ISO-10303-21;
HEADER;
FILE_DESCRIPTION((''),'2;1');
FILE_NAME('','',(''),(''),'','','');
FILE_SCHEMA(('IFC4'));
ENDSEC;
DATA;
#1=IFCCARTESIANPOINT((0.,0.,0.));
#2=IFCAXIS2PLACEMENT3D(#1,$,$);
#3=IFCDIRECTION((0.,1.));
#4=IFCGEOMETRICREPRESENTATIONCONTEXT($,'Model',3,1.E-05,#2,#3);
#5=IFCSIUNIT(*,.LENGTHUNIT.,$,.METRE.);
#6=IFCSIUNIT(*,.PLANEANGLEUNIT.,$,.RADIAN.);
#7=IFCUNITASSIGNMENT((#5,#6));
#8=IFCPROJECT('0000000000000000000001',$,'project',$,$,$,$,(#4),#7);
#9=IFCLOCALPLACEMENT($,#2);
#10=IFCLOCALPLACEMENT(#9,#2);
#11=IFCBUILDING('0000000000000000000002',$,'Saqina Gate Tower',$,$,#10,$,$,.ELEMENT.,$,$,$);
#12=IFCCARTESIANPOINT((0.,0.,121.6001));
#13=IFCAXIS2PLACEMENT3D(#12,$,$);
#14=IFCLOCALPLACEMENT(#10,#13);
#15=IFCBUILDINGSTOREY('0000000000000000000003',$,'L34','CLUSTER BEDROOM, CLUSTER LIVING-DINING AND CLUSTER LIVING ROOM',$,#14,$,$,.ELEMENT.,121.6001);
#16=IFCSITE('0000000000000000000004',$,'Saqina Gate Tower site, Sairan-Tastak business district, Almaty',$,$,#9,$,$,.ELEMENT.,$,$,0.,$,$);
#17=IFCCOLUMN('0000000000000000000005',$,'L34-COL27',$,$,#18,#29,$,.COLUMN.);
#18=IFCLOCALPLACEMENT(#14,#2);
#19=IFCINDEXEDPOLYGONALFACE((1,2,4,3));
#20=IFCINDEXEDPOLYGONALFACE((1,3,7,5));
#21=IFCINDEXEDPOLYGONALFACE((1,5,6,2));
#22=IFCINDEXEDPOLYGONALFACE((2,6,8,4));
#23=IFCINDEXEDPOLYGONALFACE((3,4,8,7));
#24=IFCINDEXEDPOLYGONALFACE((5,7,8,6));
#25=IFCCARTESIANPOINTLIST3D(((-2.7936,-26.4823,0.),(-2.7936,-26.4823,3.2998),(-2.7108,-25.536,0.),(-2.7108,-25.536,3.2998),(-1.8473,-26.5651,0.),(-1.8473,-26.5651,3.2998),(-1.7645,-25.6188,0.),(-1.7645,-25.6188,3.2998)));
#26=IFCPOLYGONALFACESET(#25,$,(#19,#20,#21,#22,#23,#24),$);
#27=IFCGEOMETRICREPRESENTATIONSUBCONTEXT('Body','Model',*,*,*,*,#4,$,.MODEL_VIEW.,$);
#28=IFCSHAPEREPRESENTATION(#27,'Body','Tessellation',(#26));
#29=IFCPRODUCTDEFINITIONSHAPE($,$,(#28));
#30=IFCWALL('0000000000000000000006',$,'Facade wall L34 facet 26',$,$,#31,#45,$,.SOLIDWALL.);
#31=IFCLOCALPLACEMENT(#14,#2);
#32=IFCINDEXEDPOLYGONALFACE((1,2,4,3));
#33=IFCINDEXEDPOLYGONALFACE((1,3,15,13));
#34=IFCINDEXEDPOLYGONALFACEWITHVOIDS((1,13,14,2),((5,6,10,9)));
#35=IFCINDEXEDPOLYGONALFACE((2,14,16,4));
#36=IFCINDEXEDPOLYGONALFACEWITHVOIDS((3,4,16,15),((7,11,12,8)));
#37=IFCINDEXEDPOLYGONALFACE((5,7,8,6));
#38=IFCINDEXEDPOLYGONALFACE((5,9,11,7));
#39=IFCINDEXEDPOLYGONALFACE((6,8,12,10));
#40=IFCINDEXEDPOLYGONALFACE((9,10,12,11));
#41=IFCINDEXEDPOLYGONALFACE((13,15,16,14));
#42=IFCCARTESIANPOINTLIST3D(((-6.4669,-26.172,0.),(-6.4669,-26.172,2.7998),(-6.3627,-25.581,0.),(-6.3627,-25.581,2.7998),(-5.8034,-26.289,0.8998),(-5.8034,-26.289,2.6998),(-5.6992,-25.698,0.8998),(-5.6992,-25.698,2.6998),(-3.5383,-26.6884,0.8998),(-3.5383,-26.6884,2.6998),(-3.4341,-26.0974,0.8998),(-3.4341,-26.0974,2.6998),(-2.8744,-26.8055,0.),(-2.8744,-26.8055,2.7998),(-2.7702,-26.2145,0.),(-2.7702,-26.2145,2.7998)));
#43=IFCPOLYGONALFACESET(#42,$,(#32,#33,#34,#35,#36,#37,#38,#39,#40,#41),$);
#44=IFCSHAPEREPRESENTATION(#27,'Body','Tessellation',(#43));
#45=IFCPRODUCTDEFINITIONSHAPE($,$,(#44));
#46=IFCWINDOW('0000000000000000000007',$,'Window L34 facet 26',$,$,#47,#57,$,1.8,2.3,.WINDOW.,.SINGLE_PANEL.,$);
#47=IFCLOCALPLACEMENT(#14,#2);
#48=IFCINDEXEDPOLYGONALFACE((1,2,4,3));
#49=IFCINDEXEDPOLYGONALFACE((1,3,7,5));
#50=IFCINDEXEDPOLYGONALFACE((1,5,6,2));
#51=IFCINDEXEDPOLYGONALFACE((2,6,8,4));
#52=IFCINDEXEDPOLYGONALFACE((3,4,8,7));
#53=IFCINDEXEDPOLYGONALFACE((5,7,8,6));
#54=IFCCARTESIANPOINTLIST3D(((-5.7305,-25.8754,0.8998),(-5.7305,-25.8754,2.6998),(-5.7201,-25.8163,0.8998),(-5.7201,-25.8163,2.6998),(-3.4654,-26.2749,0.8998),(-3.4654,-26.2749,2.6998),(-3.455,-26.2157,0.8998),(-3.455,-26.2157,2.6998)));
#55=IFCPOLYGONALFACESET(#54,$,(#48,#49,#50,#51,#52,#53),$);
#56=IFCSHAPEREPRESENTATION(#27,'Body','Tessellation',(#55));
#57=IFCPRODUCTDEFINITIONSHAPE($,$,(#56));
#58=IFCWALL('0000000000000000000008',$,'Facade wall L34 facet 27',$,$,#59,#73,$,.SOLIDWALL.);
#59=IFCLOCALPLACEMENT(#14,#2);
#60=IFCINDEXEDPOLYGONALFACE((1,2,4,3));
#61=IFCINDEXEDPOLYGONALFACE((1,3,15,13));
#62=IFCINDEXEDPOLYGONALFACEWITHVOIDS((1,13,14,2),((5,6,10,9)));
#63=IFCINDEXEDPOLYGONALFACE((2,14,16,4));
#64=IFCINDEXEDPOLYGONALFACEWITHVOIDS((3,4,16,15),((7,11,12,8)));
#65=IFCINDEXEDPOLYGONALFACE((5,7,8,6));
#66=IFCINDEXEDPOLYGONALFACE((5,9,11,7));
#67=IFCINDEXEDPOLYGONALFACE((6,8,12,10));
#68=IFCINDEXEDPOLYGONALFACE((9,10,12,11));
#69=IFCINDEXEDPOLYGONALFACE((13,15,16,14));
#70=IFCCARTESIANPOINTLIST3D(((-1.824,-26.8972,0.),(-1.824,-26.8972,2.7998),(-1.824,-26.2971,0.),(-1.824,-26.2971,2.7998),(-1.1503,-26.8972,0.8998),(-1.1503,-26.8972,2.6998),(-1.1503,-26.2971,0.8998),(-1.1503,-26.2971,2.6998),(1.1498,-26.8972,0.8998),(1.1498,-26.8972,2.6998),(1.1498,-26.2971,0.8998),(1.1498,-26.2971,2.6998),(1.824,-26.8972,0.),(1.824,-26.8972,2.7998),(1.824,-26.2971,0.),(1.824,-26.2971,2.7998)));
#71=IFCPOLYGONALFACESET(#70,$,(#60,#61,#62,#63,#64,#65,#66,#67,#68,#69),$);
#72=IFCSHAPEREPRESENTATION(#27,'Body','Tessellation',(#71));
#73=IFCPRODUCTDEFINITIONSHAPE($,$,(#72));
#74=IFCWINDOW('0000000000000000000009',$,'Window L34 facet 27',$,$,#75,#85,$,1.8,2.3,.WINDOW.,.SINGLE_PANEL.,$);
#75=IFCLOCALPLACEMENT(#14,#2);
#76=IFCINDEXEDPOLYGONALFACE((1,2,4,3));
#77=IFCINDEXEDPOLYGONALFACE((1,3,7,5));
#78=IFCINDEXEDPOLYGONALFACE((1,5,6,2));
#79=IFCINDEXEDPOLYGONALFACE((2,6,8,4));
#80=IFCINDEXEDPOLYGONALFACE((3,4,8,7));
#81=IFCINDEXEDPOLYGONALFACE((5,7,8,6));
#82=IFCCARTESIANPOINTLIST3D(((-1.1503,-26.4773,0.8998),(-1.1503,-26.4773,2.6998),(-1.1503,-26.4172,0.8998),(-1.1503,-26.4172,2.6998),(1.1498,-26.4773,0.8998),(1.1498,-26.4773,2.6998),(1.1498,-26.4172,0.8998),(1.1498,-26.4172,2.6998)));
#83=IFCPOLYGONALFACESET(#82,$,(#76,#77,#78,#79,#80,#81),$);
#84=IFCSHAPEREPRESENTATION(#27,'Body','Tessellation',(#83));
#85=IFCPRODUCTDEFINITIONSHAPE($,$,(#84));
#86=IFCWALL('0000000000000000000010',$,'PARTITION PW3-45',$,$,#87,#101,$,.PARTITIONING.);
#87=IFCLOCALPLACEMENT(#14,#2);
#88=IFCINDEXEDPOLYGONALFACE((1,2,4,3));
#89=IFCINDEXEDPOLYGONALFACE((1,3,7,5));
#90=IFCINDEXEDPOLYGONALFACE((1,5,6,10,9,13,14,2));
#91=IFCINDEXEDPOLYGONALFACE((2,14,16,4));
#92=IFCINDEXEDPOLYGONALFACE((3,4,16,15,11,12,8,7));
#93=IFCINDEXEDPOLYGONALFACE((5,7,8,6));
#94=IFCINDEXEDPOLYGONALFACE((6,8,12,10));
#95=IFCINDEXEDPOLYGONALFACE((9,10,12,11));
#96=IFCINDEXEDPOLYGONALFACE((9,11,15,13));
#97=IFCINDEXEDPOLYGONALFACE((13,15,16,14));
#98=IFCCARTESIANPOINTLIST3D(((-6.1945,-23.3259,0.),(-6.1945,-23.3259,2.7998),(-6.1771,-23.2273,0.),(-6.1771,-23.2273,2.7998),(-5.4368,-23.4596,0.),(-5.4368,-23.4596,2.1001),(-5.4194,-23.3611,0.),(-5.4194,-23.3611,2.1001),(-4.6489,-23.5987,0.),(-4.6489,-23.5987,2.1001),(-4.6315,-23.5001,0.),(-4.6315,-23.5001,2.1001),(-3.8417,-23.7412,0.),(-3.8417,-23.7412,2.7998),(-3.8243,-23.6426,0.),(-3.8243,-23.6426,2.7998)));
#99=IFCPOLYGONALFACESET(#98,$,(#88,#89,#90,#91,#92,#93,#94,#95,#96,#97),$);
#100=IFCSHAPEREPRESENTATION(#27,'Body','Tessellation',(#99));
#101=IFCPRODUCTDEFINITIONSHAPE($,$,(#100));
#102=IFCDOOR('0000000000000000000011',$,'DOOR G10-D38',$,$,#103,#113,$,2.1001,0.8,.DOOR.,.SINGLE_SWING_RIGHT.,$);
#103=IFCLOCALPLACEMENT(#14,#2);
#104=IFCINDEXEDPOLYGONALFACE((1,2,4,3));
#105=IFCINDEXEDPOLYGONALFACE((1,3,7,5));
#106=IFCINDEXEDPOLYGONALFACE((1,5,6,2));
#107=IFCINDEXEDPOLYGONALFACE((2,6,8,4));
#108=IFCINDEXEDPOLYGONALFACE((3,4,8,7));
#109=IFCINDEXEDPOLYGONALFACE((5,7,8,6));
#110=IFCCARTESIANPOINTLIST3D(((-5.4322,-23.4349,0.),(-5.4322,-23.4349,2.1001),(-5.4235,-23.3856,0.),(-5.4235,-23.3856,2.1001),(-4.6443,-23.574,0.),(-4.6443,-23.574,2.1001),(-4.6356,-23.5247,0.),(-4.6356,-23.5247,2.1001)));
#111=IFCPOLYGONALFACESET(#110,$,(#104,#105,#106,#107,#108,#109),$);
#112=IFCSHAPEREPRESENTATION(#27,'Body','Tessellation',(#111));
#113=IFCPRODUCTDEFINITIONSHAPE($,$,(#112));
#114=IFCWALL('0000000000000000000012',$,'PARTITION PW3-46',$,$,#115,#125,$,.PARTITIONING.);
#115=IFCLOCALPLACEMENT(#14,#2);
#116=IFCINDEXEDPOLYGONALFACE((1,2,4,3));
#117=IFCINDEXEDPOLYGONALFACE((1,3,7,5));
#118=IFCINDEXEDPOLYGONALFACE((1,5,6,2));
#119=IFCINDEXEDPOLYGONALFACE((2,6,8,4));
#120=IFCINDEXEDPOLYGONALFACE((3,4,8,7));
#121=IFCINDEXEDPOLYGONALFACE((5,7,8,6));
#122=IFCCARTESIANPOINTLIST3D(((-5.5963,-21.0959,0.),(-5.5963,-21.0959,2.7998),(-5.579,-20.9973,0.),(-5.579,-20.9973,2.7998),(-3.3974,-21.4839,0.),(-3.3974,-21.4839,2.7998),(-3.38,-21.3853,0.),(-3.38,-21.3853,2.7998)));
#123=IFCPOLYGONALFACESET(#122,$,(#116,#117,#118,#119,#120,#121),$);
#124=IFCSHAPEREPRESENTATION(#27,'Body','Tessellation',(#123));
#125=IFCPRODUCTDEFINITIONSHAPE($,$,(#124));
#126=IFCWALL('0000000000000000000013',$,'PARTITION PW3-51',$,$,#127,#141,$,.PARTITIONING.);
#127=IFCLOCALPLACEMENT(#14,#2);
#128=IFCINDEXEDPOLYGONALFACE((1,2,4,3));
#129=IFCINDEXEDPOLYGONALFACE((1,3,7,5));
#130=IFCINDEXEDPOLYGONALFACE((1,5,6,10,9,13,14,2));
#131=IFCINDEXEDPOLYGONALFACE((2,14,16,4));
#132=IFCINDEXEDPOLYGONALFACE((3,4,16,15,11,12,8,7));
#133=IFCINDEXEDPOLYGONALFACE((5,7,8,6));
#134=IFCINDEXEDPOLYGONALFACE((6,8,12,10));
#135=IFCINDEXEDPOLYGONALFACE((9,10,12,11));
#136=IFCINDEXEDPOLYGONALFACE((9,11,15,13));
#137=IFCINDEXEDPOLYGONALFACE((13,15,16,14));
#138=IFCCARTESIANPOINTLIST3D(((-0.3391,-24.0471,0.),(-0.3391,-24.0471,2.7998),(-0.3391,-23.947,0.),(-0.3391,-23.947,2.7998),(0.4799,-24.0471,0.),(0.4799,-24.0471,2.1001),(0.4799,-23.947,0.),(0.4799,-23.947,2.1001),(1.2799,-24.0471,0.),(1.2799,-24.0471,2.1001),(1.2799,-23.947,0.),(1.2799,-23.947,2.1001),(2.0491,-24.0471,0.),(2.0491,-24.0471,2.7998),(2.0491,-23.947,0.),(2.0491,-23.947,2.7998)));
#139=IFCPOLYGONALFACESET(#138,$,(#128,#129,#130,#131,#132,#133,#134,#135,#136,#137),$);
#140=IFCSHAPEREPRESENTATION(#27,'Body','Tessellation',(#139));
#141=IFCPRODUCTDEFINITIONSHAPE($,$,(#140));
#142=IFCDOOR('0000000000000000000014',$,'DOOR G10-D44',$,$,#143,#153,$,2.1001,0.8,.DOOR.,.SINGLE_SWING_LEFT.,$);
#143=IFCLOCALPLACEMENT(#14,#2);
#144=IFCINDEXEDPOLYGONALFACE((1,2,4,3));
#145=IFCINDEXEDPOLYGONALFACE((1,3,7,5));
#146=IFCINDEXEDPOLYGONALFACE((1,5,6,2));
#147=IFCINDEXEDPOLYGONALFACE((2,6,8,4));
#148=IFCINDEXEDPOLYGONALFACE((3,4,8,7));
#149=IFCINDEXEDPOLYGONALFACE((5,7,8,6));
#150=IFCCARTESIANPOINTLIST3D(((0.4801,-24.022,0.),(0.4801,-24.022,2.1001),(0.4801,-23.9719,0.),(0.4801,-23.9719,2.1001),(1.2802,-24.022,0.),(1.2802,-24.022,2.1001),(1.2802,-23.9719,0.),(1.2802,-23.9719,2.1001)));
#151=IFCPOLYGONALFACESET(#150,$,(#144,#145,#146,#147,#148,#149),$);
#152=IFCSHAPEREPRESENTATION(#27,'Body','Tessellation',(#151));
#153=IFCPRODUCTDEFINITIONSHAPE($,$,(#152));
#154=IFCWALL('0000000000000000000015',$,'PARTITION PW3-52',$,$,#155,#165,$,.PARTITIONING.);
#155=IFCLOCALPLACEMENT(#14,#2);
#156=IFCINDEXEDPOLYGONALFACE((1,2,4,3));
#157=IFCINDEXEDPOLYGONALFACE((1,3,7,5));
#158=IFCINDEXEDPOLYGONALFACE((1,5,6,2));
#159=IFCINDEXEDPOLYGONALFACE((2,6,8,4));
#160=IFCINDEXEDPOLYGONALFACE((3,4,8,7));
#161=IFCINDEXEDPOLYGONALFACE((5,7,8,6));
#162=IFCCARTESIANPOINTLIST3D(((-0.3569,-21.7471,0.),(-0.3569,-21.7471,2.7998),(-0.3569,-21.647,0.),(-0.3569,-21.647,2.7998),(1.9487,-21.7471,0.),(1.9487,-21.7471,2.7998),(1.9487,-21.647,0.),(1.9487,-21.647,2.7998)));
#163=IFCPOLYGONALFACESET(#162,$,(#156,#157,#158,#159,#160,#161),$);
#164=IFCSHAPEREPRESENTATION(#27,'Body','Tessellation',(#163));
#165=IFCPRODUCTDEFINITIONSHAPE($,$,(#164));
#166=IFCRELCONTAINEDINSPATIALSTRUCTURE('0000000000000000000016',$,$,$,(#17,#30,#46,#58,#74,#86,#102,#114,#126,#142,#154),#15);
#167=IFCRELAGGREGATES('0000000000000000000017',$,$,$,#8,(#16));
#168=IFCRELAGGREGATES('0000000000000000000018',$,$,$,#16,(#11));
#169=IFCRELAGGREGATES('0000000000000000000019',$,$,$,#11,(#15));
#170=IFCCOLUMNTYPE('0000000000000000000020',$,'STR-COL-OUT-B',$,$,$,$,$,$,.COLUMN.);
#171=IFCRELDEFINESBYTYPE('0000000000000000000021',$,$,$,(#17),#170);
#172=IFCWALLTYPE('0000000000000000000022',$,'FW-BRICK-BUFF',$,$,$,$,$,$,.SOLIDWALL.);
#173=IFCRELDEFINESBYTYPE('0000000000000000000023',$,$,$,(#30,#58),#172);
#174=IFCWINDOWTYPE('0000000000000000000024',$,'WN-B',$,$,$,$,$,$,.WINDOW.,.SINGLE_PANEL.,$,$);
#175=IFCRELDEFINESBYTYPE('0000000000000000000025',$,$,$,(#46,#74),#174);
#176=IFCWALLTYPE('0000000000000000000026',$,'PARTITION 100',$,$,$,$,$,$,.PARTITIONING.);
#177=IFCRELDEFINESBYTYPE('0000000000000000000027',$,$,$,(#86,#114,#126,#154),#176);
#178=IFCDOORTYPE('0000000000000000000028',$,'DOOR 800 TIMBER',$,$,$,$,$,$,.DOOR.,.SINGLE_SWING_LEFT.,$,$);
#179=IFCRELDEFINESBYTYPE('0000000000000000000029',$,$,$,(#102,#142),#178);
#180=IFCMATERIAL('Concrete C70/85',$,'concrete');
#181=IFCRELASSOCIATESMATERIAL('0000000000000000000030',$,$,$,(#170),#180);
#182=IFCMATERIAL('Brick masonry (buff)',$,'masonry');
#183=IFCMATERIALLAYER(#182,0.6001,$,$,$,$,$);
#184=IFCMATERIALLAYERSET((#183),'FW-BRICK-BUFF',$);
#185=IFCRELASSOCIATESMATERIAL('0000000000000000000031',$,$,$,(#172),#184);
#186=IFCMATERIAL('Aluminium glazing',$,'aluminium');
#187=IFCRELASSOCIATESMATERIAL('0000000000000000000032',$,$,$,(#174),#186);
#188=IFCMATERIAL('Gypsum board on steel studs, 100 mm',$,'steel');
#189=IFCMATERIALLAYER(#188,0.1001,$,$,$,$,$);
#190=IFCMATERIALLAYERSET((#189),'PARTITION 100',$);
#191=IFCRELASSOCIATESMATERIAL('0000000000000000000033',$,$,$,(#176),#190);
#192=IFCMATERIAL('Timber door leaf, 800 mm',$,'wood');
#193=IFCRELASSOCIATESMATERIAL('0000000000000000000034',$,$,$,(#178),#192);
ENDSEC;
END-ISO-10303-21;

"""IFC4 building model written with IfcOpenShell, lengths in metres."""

from ifc_helpers import new_model, si_unit, direction, frame, frame_2d, origin, origin_2d, place, context, subcontext, project, spatial, rectangle, extrude, material, layer, layer_set, material_profile, profile_set, type_object, element, fill, save


model = new_model("IFC4")

# Units and contexts
model_context = context("Model", 3, precision=1e-05, world=origin(), true_north=direction((0.0, 1.0)))
body_context = subcontext(model_context, "Body", "Model", "MODEL_VIEW")
ifc_project = project(units=[si_unit("LENGTHUNIT", "METRE"), si_unit("PLANEANGLEUNIT", "RADIAN")], contexts=[model_context])

# Site, building, storey
site_placement = place(None, origin())
site = spatial("IfcSite", under=ifc_project, at=site_placement, Name="Saqina Gate Tower site, Sairan-Tastak business district, Almaty", CompositionType="ELEMENT", RefElevation=0.0)
building_placement = place(site_placement, origin())
building = spatial("IfcBuilding", under=site, at=building_placement, Name="Saqina Gate Tower", CompositionType="ELEMENT")
storey_placement = place(building_placement, frame((0.0, 0.0, 121.6001)))
storey = spatial("IfcBuildingStorey", under=building, at=storey_placement, Name="L34", Description="CLUSTER BEDROOM, CLUSTER LIVING-DINING AND CLUSTER LIVING ROOM", CompositionType="ELEMENT", Elevation=121.6001)

# Column
ifc_material_1 = material(Name="Concrete C70/85", Category="concrete")
ifc_material_profile = material_profile(ifc_material_1, rectangle(XDim=0.95, YDim=0.95, at=origin_2d()), Name="RC 950x950")
ifc_profile_set = profile_set([ifc_material_profile], Name="Concrete C70/85")
column_type = type_object("IfcColumnType", Name="STR-COL-OUT-B", PredefinedType="COLUMN", material=ifc_profile_set)
column_placement = place(storey_placement, frame((-2.2791, -26.0505, 0.0), z_axis=(0.0, 0.0, 1.0), x_axis=(-0.087156, -0.996195, 0.0)))
element("IfcColumn", 1, at=column_placement, inside=storey, type_object=column_type, Name="L34-COL27", PredefinedType="COLUMN", context=body_context, shape_type="SweptSolid", body=[
    extrude(rectangle(XDim=0.95, YDim=0.95, at=origin_2d()), origin(), (0.0, 0.0, 1.0), 3.2998),
])

# Walls, openings, windows
ifc_material_2 = material(Name="Brick masonry (buff)", Category="masonry")
ifc_layer_1 = layer(ifc_material_2, 0.6001)
ifc_layer_set_1 = layer_set([ifc_layer_1], Name="FW-BRICK-BUFF")
wall_type_1 = type_object("IfcWallType", Name="FW-BRICK-BUFF", PredefinedType="SOLIDWALL", material=ifc_layer_set_1)
wall_1_placement = place(storey_placement, frame((-6.4148, -25.8765, 0.0), z_axis=(0.0, 0.0, 1.0), x_axis=(0.984804, -0.173671, 0.0)))
wall_1 = element("IfcWall", 2, at=wall_1_placement, inside=storey, type_object=wall_type_1, Name="Facade wall L34 facet 26", PredefinedType="SOLIDWALL", context=body_context, shape_type="SweptSolid", body=[
    extrude(rectangle(XDim=3.6479, YDim=0.6001, at=frame_2d((1.824, 0.0))), origin(), (0.0, 0.0, 1.0), 2.7998),
])
opening_1_placement = place(wall_1_placement, frame((0.6738, 0.0, 0.8999)))
opening_1 = element("IfcOpeningElement", 3, at=opening_1_placement, cuts=wall_1, PredefinedType="OPENING", context=body_context, shape_type="SweptSolid", body=[
    extrude(rectangle(XDim=2.3, YDim=1.8, at=frame_2d((1.1499, 0.8999))), frame((0.0, 0.312, 0.0), z_axis=(0.0, -1.0, 0.0), x_axis=(1.0, 0.0, 0.0)), (0.0, 0.0, 1.0), 0.624),
])
ifc_material_3 = material(Name="Aluminium glazing", Category="aluminium")
window_type = type_object("IfcWindowType", Name="WN-B", PartitioningType="SINGLE_PANEL", PredefinedType="WINDOW", material=ifc_material_3)
window_1_placement = place(opening_1_placement, origin())
window_1 = element("IfcWindow", 4, at=window_1_placement, inside=storey, type_object=window_type, Name="Window L34 facet 26", OverallHeight=1.8, OverallWidth=2.3, PartitioningType="SINGLE_PANEL", PredefinedType="WINDOW", context=body_context, shape_type="SweptSolid", body=[
    extrude(rectangle(XDim=2.3, YDim=1.8, at=frame_2d((1.1499, 0.8999))), frame((0.0, 0.1799, 0.0), z_axis=(0.0, -1.0, 0.0), x_axis=(1.0, 0.0, 0.0)), (0.0, 0.0, 1.0), 0.0601),
])
fill(opening_1, window_1)
wall_2_placement = place(storey_placement, frame((-1.824, -26.5972, 0.0), z_axis=(0.0, 0.0, 1.0), x_axis=(1.0, 0.0, 0.0)))
wall_2 = element("IfcWall", 5, at=wall_2_placement, inside=storey, type_object=wall_type_1, Name="Facade wall L34 facet 27", PredefinedType="SOLIDWALL", context=body_context, shape_type="SweptSolid", body=[
    extrude(rectangle(XDim=3.6479, YDim=0.6001, at=frame_2d((1.824, 0.0))), origin(), (0.0, 0.0, 1.0), 2.7998),
])
opening_2_placement = place(wall_2_placement, frame((0.6738, 0.0, 0.8999)))
opening_2 = element("IfcOpeningElement", 6, at=opening_2_placement, cuts=wall_2, PredefinedType="OPENING", context=body_context, shape_type="SweptSolid", body=[
    extrude(rectangle(XDim=2.3, YDim=1.8, at=frame_2d((1.1499, 0.8999))), frame((0.0, 0.312, 0.0), z_axis=(0.0, -1.0, 0.0), x_axis=(1.0, 0.0, 0.0)), (0.0, 0.0, 1.0), 0.624),
])
window_2_placement = place(opening_2_placement, origin())
window_2 = element("IfcWindow", 7, at=window_2_placement, inside=storey, type_object=window_type, Name="Window L34 facet 27", OverallHeight=1.8, OverallWidth=2.3, PartitioningType="SINGLE_PANEL", PredefinedType="WINDOW", context=body_context, shape_type="SweptSolid", body=[
    extrude(rectangle(XDim=2.3, YDim=1.8, at=frame_2d((1.1499, 0.8999))), frame((0.0, 0.1799, 0.0), z_axis=(0.0, -1.0, 0.0), x_axis=(1.0, 0.0, 0.0)), (0.0, 0.0, 1.0), 0.0601),
])
fill(opening_2, window_2)

# Wall, opening, door
ifc_material_4 = material(Name="Gypsum board on steel studs, 100 mm", Category="steel")
ifc_layer_2 = layer(ifc_material_4, 0.1001)
ifc_layer_set_2 = layer_set([ifc_layer_2], Name="PARTITION 100")
wall_type_2 = type_object("IfcWallType", Name="PARTITION 100", PredefinedType="PARTITIONING", material=ifc_layer_set_2)
wall_3_placement = place(storey_placement, frame((-6.1858, -23.2766, 0.0), z_axis=(0.0, 0.0, 1.0), x_axis=(0.984777, -0.17382, 0.0)))
wall_3 = element("IfcWall", 8, at=wall_3_placement, inside=storey, type_object=wall_type_2, Name="PARTITION PW3-45", PredefinedType="PARTITIONING", context=body_context, shape_type="SweptSolid", body=[
    extrude(rectangle(XDim=2.3892, YDim=0.1001, at=frame_2d((1.1946, 0.0))), origin(), (0.0, 0.0, 1.0), 2.7998),
])
opening_3_placement = place(wall_3_placement, frame((0.7695, 0.0, 0.0)))
opening_3 = element("IfcOpeningElement", 9, at=opening_3_placement, cuts=wall_3, PredefinedType="OPENING", context=body_context, shape_type="SweptSolid", body=[
    extrude(rectangle(XDim=0.8, YDim=2.1001, at=frame_2d((0.3999, 1.05))), frame((0.0, 0.062, 0.0), z_axis=(0.0, -1.0, 0.0), x_axis=(1.0, 0.0, 0.0)), (0.0, 0.0, 1.0), 0.124),
])
ifc_material_5 = material(Name="Timber door leaf, 800 mm", Category="wood")
door_type_1 = type_object("IfcDoorType", Name="DOOR 800 TIMBER", OperationType="SINGLE_SWING_LEFT", PredefinedType="DOOR", material=ifc_material_5)
door_1_placement = place(opening_3_placement, frame((0.8, 0.0, 0.0), z_axis=(0.0, 0.0, 1.0), x_axis=(-1.0, 0.0, 0.0)))
door_1 = element("IfcDoor", 10, at=door_1_placement, inside=storey, type_object=door_type_1, Name="DOOR G10-D38", OperationType="SINGLE_SWING_RIGHT", OverallHeight=2.1001, OverallWidth=0.8, PredefinedType="DOOR", context=body_context, shape_type="SweptSolid", body=[
    extrude(rectangle(XDim=0.8, YDim=2.1001, at=frame_2d((0.3999, 1.05))), frame((0.0, 0.0249, 0.0), z_axis=(0.0, -1.0, 0.0), x_axis=(1.0, 0.0, 0.0)), (0.0, 0.0, 1.0), 0.05),
])
fill(opening_3, door_1)

# Wall
wall_4_placement = place(storey_placement, frame((-5.5876, -21.0466, 0.0), z_axis=(0.0, 0.0, 1.0), x_axis=(0.984792, -0.173735, 0.0)))
element("IfcWall", 11, at=wall_4_placement, inside=storey, type_object=wall_type_2, Name="PARTITION PW3-46", PredefinedType="PARTITIONING", context=body_context, shape_type="SweptSolid", body=[
    extrude(rectangle(XDim=2.2329, YDim=0.1001, at=frame_2d((1.1165, 0.0))), origin(), (0.0, 0.0, 1.0), 2.7998),
])

# Wall, opening, door
wall_5_placement = place(storey_placement, frame((-0.3391, -23.9971, 0.0), z_axis=(0.0, 0.0, 1.0), x_axis=(1.0, 0.0, 0.0)))
wall_5 = element("IfcWall", 12, at=wall_5_placement, inside=storey, type_object=wall_type_2, Name="PARTITION PW3-51", PredefinedType="PARTITIONING", context=body_context, shape_type="SweptSolid", body=[
    extrude(rectangle(XDim=2.3882, YDim=0.1001, at=frame_2d((1.1941, 0.0))), origin(), (0.0, 0.0, 1.0), 2.7998),
])
opening_4_placement = place(wall_5_placement, frame((0.8191, 0.0, 0.0)))
opening_4 = element("IfcOpeningElement", 13, at=opening_4_placement, cuts=wall_5, PredefinedType="OPENING", context=body_context, shape_type="SweptSolid", body=[
    extrude(rectangle(XDim=0.8, YDim=2.1001, at=frame_2d((0.3999, 1.05))), frame((0.0, 0.062, 0.0), z_axis=(0.0, -1.0, 0.0), x_axis=(1.0, 0.0, 0.0)), (0.0, 0.0, 1.0), 0.124),
])
door_2_placement = place(opening_4_placement, frame((0.8, 0.0, 0.0), z_axis=(0.0, 0.0, 1.0), x_axis=(-1.0, 0.0, 0.0)))
door_2 = element("IfcDoor", 14, at=door_2_placement, inside=storey, type_object=door_type_1, Name="DOOR G10-D44", OperationType="SINGLE_SWING_LEFT", OverallHeight=2.1001, OverallWidth=0.8, PredefinedType="DOOR", context=body_context, shape_type="SweptSolid", body=[
    extrude(rectangle(XDim=0.8, YDim=2.1001, at=frame_2d((0.3999, 1.05))), frame((0.0, 0.0249, 0.0), z_axis=(0.0, -1.0, 0.0), x_axis=(1.0, 0.0, 0.0)), (0.0, 0.0, 1.0), 0.05),
])
fill(opening_4, door_2)

# Wall
wall_6_placement = place(storey_placement, frame((-0.3569, -21.697, 0.0), z_axis=(0.0, 0.0, 1.0), x_axis=(1.0, 0.0, 0.0)))
element("IfcWall", 15, at=wall_6_placement, inside=storey, type_object=wall_type_2, Name="PARTITION PW3-52", PredefinedType="PARTITIONING", context=body_context, shape_type="SweptSolid", body=[
    extrude(rectangle(XDim=2.3057, YDim=0.1001, at=frame_2d((1.1528, 0.0))), origin(), (0.0, 0.0, 1.0), 2.7998),
])

save(model, "model.ifc")
